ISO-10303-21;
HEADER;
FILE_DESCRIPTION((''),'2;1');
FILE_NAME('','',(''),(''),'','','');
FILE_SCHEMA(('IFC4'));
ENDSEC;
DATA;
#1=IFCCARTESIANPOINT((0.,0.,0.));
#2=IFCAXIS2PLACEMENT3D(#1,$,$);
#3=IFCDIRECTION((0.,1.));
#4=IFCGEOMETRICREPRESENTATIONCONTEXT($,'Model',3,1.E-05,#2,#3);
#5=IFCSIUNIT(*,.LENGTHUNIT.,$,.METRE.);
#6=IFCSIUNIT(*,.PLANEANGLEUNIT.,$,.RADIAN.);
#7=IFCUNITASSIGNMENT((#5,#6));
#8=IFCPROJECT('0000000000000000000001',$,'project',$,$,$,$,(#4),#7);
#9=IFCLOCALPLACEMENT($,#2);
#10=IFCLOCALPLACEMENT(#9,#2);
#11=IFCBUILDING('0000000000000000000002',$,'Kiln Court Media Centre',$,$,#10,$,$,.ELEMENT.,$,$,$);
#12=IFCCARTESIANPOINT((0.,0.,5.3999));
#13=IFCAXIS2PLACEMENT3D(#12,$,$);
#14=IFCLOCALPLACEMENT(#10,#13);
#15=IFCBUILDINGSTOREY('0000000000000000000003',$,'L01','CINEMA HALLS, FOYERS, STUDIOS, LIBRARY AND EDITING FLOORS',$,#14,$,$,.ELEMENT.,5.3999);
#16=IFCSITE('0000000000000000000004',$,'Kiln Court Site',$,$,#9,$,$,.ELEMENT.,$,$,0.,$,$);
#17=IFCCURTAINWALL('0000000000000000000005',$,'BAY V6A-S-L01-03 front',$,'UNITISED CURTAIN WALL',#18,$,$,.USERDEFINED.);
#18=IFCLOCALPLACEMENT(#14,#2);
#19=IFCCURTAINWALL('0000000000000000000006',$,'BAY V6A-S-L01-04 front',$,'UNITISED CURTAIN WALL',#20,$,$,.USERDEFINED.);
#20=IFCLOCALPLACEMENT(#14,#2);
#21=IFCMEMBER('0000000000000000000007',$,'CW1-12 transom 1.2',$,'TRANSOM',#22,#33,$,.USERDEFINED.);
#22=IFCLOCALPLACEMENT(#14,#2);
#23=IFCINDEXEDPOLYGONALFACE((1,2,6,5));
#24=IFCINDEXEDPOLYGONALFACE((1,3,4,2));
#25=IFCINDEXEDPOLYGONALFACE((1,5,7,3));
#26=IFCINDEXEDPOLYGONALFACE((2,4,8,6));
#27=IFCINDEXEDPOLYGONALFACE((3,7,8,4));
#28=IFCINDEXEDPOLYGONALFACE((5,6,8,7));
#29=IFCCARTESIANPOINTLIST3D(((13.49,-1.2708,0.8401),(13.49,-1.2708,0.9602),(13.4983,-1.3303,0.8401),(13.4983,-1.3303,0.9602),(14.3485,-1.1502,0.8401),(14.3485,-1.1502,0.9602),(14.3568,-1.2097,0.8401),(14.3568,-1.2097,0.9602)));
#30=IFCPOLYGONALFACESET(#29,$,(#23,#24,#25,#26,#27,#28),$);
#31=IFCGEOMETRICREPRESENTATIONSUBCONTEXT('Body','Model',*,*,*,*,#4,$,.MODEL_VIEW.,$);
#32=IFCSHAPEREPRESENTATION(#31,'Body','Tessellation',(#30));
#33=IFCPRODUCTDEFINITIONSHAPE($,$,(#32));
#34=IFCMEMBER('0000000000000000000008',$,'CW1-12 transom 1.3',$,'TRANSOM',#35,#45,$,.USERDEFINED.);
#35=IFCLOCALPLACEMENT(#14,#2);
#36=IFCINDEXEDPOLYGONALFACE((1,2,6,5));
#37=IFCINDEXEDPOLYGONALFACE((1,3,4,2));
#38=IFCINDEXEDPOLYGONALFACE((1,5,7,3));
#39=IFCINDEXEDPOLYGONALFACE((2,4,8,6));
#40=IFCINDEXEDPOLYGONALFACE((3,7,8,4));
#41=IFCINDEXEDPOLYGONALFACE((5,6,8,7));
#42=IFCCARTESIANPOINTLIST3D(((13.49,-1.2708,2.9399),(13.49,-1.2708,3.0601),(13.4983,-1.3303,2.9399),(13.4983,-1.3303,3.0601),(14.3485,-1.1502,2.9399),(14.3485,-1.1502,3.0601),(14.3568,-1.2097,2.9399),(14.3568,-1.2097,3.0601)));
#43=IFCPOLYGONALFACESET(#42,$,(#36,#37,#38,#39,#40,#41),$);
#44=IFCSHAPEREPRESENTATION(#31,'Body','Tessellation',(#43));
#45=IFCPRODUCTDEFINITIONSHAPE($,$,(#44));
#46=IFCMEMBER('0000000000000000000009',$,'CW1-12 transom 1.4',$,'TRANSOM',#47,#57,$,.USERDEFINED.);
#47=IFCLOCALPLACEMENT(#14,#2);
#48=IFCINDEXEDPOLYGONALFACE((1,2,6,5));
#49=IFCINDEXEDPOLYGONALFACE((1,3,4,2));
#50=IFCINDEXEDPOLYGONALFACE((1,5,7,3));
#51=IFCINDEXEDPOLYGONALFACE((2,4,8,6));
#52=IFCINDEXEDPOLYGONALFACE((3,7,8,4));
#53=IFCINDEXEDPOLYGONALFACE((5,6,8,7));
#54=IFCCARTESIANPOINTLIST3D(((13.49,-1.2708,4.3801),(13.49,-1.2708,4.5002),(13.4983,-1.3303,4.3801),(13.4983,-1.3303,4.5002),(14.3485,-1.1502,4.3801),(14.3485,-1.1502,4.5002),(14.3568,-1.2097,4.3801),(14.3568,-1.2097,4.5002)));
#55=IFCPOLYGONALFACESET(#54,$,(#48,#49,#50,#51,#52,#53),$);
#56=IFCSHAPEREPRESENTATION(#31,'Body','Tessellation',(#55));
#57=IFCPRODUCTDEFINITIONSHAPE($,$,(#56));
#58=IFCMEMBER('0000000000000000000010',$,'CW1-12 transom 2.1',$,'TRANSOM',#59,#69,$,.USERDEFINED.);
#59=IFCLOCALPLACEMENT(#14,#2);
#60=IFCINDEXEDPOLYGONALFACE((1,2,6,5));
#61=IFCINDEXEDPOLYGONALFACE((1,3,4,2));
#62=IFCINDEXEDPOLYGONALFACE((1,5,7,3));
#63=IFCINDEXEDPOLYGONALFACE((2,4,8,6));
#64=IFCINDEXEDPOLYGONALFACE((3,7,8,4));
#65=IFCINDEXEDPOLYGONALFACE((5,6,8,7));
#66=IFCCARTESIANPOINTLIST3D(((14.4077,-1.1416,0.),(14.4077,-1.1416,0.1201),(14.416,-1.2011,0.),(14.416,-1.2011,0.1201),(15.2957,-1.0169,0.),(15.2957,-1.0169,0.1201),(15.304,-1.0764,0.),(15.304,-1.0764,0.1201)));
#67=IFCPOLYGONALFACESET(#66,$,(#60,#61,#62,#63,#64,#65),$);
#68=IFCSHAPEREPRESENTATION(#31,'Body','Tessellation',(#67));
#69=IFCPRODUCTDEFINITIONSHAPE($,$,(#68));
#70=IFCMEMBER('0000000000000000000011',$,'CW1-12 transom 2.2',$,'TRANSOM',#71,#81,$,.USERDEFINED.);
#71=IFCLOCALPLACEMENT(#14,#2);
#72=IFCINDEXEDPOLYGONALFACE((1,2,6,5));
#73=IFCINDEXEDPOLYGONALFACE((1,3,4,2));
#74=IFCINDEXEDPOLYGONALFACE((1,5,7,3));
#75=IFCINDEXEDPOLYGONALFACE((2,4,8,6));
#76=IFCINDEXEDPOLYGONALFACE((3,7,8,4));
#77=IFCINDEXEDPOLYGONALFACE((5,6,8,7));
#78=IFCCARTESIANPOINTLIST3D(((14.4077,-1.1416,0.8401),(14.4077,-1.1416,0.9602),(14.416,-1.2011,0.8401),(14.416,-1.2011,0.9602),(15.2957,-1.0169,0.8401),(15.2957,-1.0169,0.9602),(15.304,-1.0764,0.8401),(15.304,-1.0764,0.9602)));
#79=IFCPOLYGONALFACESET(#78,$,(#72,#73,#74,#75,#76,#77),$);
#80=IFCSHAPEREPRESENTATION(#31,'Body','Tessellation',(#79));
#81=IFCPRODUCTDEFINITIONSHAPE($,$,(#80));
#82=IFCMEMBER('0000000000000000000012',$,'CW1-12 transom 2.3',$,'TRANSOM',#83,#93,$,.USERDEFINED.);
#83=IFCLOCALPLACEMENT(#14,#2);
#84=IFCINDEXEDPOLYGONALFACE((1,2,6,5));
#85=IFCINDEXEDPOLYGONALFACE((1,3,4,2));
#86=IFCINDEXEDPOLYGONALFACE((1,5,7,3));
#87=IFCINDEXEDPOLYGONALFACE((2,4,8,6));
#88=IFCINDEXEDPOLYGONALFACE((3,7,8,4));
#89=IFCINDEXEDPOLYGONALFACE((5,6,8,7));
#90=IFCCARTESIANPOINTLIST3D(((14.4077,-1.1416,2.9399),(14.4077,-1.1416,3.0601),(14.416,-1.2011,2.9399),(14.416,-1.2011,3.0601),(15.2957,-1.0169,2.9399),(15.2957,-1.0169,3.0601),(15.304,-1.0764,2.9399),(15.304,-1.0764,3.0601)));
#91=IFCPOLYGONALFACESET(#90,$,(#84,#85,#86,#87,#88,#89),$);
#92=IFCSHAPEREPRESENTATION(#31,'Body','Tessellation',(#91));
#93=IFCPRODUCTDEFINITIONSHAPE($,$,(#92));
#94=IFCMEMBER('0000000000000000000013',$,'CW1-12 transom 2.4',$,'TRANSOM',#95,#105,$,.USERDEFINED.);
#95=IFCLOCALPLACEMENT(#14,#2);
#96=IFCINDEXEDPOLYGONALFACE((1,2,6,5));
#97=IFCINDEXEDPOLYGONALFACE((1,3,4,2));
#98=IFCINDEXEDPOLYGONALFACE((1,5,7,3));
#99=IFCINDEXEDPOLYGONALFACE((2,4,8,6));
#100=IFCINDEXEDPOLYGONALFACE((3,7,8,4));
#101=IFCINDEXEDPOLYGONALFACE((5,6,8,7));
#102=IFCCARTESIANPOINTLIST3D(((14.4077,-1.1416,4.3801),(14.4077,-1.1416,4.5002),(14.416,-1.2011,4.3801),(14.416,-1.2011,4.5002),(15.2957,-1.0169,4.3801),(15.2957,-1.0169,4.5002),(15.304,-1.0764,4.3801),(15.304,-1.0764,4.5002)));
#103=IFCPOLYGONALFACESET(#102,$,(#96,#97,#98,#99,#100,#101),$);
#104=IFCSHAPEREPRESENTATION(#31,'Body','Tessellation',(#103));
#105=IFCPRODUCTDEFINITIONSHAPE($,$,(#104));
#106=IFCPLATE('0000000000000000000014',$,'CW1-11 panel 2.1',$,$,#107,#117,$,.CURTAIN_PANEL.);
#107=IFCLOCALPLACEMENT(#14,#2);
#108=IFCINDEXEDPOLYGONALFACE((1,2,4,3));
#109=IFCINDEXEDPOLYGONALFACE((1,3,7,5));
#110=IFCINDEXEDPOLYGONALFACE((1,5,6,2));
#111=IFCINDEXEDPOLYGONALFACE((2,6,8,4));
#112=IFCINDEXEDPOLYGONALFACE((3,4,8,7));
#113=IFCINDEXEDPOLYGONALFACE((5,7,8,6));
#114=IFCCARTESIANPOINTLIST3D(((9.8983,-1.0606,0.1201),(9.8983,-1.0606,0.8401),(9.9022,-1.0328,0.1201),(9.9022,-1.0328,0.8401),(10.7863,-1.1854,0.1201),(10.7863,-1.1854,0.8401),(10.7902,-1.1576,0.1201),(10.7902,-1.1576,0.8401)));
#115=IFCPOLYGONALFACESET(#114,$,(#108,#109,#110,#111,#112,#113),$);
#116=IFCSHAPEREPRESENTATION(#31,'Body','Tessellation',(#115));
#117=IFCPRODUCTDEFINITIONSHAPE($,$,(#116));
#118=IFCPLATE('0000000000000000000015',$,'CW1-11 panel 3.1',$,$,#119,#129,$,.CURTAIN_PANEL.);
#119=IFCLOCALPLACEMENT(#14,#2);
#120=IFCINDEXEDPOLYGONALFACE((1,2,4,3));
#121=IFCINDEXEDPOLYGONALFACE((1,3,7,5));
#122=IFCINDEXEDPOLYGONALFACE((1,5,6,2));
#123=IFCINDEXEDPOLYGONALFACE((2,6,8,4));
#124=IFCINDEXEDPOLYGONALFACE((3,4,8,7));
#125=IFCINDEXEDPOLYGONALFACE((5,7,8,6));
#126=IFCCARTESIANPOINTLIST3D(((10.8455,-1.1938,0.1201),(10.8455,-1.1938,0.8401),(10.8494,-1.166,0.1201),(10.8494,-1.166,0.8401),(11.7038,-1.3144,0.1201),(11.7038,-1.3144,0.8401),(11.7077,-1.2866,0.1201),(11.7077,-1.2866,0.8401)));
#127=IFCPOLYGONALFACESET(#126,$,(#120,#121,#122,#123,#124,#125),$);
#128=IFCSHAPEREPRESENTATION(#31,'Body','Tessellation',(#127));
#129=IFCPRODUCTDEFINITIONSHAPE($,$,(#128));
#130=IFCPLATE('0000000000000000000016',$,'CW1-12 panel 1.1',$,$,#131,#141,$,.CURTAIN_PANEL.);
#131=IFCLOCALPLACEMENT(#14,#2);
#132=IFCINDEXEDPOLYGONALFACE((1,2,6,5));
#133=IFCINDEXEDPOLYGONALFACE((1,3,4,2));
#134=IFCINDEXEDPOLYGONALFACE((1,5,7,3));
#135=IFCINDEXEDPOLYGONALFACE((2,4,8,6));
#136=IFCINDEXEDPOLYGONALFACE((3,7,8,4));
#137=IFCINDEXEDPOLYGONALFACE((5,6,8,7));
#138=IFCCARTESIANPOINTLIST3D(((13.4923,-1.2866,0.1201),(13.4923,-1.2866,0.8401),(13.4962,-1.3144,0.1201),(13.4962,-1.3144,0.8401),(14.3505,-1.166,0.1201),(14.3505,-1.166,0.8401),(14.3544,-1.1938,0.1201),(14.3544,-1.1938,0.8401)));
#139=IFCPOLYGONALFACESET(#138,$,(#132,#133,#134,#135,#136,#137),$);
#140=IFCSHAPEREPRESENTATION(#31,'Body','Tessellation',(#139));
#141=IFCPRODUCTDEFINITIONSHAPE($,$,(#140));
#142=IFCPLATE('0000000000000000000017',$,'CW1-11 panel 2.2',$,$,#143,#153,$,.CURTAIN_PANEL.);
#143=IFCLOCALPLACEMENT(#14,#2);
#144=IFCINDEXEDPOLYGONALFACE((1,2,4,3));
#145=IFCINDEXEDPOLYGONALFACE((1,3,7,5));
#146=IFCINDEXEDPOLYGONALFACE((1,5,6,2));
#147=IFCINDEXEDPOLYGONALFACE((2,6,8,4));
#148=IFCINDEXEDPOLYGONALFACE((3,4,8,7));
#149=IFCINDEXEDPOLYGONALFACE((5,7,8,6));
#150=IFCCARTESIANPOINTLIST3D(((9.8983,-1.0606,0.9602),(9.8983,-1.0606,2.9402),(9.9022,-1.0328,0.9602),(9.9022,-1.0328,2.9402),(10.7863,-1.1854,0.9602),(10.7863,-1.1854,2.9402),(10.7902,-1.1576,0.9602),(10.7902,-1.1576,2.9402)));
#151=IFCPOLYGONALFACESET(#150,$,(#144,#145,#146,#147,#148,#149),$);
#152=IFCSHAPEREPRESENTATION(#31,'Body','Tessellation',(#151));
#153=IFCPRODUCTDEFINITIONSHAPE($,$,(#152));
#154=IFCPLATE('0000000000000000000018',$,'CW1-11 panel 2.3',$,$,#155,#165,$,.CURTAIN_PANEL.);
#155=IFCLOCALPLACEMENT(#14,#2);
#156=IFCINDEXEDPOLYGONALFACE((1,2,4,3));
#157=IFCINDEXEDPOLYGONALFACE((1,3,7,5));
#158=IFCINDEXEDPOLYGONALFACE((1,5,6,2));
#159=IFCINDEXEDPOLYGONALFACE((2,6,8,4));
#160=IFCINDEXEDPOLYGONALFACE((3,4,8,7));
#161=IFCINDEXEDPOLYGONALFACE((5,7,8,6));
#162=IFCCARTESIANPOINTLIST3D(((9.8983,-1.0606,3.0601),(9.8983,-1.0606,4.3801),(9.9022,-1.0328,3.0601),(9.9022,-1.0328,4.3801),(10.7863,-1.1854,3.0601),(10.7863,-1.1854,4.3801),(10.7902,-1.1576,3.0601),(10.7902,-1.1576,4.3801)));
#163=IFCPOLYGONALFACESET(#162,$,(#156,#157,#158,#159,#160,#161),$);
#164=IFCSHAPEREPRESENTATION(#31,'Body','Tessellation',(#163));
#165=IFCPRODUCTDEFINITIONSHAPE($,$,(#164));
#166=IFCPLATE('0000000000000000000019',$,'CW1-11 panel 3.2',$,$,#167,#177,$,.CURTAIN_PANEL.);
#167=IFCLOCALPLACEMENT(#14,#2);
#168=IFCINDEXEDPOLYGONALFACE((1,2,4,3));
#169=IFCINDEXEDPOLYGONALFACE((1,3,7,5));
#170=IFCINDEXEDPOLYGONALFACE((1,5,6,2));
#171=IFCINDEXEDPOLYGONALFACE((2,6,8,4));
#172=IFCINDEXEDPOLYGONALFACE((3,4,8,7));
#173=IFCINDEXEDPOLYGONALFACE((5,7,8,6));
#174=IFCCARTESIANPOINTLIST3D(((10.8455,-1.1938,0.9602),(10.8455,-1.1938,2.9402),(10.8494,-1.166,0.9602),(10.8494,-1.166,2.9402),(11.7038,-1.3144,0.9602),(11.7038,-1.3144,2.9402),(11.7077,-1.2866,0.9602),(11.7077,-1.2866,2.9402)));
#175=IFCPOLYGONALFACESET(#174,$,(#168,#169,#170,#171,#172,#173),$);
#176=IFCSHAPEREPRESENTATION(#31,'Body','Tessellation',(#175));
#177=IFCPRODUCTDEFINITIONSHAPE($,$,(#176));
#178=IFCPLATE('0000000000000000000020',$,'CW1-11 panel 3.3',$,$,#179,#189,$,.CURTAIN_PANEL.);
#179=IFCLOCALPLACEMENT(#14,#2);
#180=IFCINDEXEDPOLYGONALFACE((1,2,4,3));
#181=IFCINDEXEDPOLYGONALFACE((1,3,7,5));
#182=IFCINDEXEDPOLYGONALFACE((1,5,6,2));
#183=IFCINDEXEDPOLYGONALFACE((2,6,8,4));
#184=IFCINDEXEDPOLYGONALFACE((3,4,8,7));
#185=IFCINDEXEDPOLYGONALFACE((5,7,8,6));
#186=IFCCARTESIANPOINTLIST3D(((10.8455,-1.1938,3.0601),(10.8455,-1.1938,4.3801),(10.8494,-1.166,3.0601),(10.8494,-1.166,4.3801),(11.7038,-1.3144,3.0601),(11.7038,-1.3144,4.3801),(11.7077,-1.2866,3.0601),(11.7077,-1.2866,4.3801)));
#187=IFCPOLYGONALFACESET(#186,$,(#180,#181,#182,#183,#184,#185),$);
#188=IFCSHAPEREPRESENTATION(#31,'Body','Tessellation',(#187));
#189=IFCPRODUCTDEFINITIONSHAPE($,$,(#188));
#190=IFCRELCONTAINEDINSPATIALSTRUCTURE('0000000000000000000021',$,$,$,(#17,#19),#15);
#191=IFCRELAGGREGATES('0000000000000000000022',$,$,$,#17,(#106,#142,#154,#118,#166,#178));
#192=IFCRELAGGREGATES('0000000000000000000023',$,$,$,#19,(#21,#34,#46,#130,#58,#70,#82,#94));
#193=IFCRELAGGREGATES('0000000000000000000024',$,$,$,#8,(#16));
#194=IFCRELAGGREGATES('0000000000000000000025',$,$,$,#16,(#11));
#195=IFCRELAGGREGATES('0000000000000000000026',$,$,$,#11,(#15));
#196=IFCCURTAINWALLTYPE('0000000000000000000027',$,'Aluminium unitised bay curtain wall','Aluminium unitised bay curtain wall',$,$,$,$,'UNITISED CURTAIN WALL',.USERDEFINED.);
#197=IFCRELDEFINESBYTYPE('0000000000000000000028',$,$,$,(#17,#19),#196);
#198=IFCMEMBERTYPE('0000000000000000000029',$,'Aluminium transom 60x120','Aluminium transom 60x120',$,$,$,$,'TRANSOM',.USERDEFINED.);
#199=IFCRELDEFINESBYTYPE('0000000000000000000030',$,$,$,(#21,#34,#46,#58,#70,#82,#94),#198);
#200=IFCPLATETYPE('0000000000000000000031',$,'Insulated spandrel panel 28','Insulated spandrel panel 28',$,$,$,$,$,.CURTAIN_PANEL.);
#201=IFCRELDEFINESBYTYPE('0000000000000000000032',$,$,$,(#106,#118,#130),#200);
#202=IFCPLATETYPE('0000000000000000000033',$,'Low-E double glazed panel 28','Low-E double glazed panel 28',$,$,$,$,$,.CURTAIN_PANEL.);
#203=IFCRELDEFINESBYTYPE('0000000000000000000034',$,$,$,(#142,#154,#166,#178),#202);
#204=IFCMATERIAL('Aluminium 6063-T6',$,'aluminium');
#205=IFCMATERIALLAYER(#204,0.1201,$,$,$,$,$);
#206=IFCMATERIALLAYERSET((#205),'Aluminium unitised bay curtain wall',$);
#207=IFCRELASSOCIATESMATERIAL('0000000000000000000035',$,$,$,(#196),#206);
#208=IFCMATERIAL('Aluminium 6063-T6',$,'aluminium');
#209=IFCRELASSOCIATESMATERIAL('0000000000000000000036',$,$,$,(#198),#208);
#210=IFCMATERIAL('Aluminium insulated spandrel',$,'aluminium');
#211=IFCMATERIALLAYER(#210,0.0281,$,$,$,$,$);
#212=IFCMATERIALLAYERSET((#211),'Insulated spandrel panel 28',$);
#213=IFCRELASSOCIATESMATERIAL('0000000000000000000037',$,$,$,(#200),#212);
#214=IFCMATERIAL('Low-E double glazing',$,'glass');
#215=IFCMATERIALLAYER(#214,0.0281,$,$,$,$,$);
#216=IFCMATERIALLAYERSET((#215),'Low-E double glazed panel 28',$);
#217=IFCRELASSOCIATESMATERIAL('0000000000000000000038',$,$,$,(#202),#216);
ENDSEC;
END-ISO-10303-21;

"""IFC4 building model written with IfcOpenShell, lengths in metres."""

from ifc_helpers import new_model, si_unit, direction, frame, origin, origin_2d, place, context, subcontext, project, spatial, rectangle, extrude, material, layer, layer_set, material_profile, profile_set, type_object, element, aggregate, save


model = new_model("IFC4")

# Units and contexts
model_context = context("Model", 3, precision=1e-05, world=origin(), true_north=direction((0.0, 1.0)))
body_context = subcontext(model_context, "Body", "Model", "MODEL_VIEW")
ifc_project = project(units=[si_unit("LENGTHUNIT", "METRE"), si_unit("PLANEANGLEUNIT", "RADIAN")], contexts=[model_context])

# Site, building, storey
site_placement = place(None, origin())
site = spatial("IfcSite", under=ifc_project, at=site_placement, Name="Kiln Court Site", CompositionType="ELEMENT", RefElevation=0.0)
building_placement = place(site_placement, origin())
building = spatial("IfcBuilding", under=site, at=building_placement, Name="Kiln Court Media Centre", CompositionType="ELEMENT")
storey_placement = place(building_placement, frame((0.0, 0.0, 5.3999)))
storey = spatial("IfcBuildingStorey", under=building, at=storey_placement, Name="L01", Description="CINEMA HALLS, FOYERS, STUDIOS, LIBRARY AND EDITING FLOORS", CompositionType="ELEMENT", Elevation=5.3999)

# Curtain walls
ifc_material_1 = material(Name="Aluminium 6063-T6", Category="aluminium")
ifc_layer_1 = layer(ifc_material_1, 0.1201)
ifc_layer_set_1 = layer_set([ifc_layer_1], Name="Aluminium unitised bay curtain wall")
curtain_wall_type = type_object("IfcCurtainWallType", Name="Aluminium unitised bay curtain wall", Description="Aluminium unitised bay curtain wall", ElementType="UNITISED CURTAIN WALL", PredefinedType="USERDEFINED", material=ifc_layer_set_1)
curtain_wall_1_placement = place(storey_placement, origin())
curtain_wall_1 = element("IfcCurtainWall", 1, at=curtain_wall_1_placement, inside=storey, type_object=curtain_wall_type, Name="BAY V6A-S-L01-03 front", ObjectType="UNITISED CURTAIN WALL", PredefinedType="USERDEFINED")
curtain_wall_2_placement = place(storey_placement, origin())
curtain_wall_2 = element("IfcCurtainWall", 2, at=curtain_wall_2_placement, inside=storey, type_object=curtain_wall_type, Name="BAY V6A-S-L01-04 front", ObjectType="UNITISED CURTAIN WALL", PredefinedType="USERDEFINED")

# Members
ifc_material_2 = material(Name="Aluminium 6063-T6", Category="aluminium")
ifc_material_profile_1 = material_profile(ifc_material_2, rectangle(XDim=0.0601, YDim=0.1201, at=origin_2d()), Name="Aluminium transom 60x120")
ifc_profile_set_1 = profile_set([ifc_material_profile_1], Name="Aluminium 6063-T6")
member_type_1 = type_object("IfcMemberType", Name="Aluminium transom 60x120", Description="Aluminium transom 60x120", ElementType="TRANSOM", PredefinedType="USERDEFINED", material=ifc_profile_set_1)
member_1_placement = place(storey_placement, frame((13.4941, -1.3005, 0.9001), z_axis=(0.990274, 0.139134, 0.0), x_axis=(-0.139134, 0.990274, 0.0)))
member_1 = element("IfcMember", 3, at=member_1_placement, type_object=member_type_1, Name="CW1-12 transom 1.2", ObjectType="TRANSOM", PredefinedType="USERDEFINED", context=body_context, shape_type="SweptSolid", body=[
    extrude(rectangle(XDim=0.0601, YDim=0.1201, at=origin_2d()), origin(), (0.0, 0.0, 1.0), 0.8669),
])
member_2_placement = place(storey_placement, frame((13.4941, -1.3005, 3.0), z_axis=(0.990274, 0.139134, 0.0), x_axis=(-0.139134, 0.990274, 0.0)))
member_2 = element("IfcMember", 4, at=member_2_placement, type_object=member_type_1, Name="CW1-12 transom 1.3", ObjectType="TRANSOM", PredefinedType="USERDEFINED", context=body_context, shape_type="SweptSolid", body=[
    extrude(rectangle(XDim=0.0601, YDim=0.1201, at=origin_2d()), origin(), (0.0, 0.0, 1.0), 0.8669),
])
member_3_placement = place(storey_placement, frame((13.4941, -1.3005, 4.4402), z_axis=(0.990274, 0.139134, 0.0), x_axis=(-0.139134, 0.990274, 0.0)))
member_3 = element("IfcMember", 5, at=member_3_placement, type_object=member_type_1, Name="CW1-12 transom 1.4", ObjectType="TRANSOM", PredefinedType="USERDEFINED", context=body_context, shape_type="SweptSolid", body=[
    extrude(rectangle(XDim=0.0601, YDim=0.1201, at=origin_2d()), origin(), (0.0, 0.0, 1.0), 0.8669),
])
member_4_placement = place(storey_placement, frame((14.4119, -1.1714, 0.0601), z_axis=(0.990274, 0.139134, 0.0), x_axis=(-0.139134, 0.990274, 0.0)))
member_4 = element("IfcMember", 6, at=member_4_placement, type_object=member_type_1, Name="CW1-12 transom 2.1", ObjectType="TRANSOM", PredefinedType="USERDEFINED", context=body_context, shape_type="SweptSolid", body=[
    extrude(rectangle(XDim=0.0601, YDim=0.1201, at=origin_2d()), origin(), (0.0, 0.0, 1.0), 0.8967),
])
member_5_placement = place(storey_placement, frame((14.4119, -1.1714, 0.9001), z_axis=(0.990274, 0.139134, 0.0), x_axis=(-0.139134, 0.990274, 0.0)))
member_5 = element("IfcMember", 7, at=member_5_placement, type_object=member_type_1, Name="CW1-12 transom 2.2", ObjectType="TRANSOM", PredefinedType="USERDEFINED", context=body_context, shape_type="SweptSolid", body=[
    extrude(rectangle(XDim=0.0601, YDim=0.1201, at=origin_2d()), origin(), (0.0, 0.0, 1.0), 0.8967),
])
member_6_placement = place(storey_placement, frame((14.4119, -1.1714, 3.0), z_axis=(0.990274, 0.139134, 0.0), x_axis=(-0.139134, 0.990274, 0.0)))
member_6 = element("IfcMember", 8, at=member_6_placement, type_object=member_type_1, Name="CW1-12 transom 2.3", ObjectType="TRANSOM", PredefinedType="USERDEFINED", context=body_context, shape_type="SweptSolid", body=[
    extrude(rectangle(XDim=0.0601, YDim=0.1201, at=origin_2d()), origin(), (0.0, 0.0, 1.0), 0.8967),
])
member_7_placement = place(storey_placement, frame((14.4119, -1.1714, 4.4402), z_axis=(0.990274, 0.139134, 0.0), x_axis=(-0.139134, 0.990274, 0.0)))
member_7 = element("IfcMember", 9, at=member_7_placement, type_object=member_type_1, Name="CW1-12 transom 2.4", ObjectType="TRANSOM", PredefinedType="USERDEFINED", context=body_context, shape_type="SweptSolid", body=[
    extrude(rectangle(XDim=0.0601, YDim=0.1201, at=origin_2d()), origin(), (0.0, 0.0, 1.0), 0.8967),
])

# Plates
ifc_material_3 = material(Name="Aluminium insulated spandrel", Category="aluminium")
ifc_layer_2 = layer(ifc_material_3, 0.0281)
ifc_layer_set_2 = layer_set([ifc_layer_2], Name="Insulated spandrel panel 28")
plate_type_1 = type_object("IfcPlateType", Name="Insulated spandrel panel 28", Description="Insulated spandrel panel 28", PredefinedType="CURTAIN_PANEL", material=ifc_layer_set_2)
plate_1_placement = place(storey_placement, frame((10.3442, -1.1091, 0.1201), z_axis=(0.0, 0.0, 1.0), x_axis=(0.99027, -0.139162, 0.0)))
plate_1 = element("IfcPlate", 10, at=plate_1_placement, type_object=plate_type_1, Name="CW1-11 panel 2.1", PredefinedType="CURTAIN_PANEL", context=body_context, shape_type="SweptSolid", body=[
    extrude(rectangle(XDim=0.8967, YDim=0.0281, at=origin_2d()), origin(), (0.0, 0.0, 1.0), 0.72),
])
plate_2_placement = place(storey_placement, frame((11.2766, -1.2402, 0.1201), z_axis=(0.0, 0.0, 1.0), x_axis=(0.99027, -0.139162, 0.0)))
plate_2 = element("IfcPlate", 11, at=plate_2_placement, type_object=plate_type_1, Name="CW1-11 panel 3.1", PredefinedType="CURTAIN_PANEL", context=body_context, shape_type="SweptSolid", body=[
    extrude(rectangle(XDim=0.8667, YDim=0.0281, at=origin_2d()), origin(), (0.0, 0.0, 1.0), 0.72),
])
plate_3_placement = place(storey_placement, frame((13.9233, -1.2402, 0.1201), z_axis=(0.0, 0.0, 1.0), x_axis=(0.99027, 0.139162, 0.0)))
plate_3 = element("IfcPlate", 12, at=plate_3_placement, type_object=plate_type_1, Name="CW1-12 panel 1.1", PredefinedType="CURTAIN_PANEL", context=body_context, shape_type="SweptSolid", body=[
    extrude(rectangle(XDim=0.8667, YDim=0.0281, at=origin_2d()), origin(), (0.0, 0.0, 1.0), 0.72),
])
ifc_material_4 = material(Name="Low-E double glazing", Category="glass")
ifc_layer_3 = layer(ifc_material_4, 0.0281)
ifc_layer_set_3 = layer_set([ifc_layer_3], Name="Low-E double glazed panel 28")
plate_type_2 = type_object("IfcPlateType", Name="Low-E double glazed panel 28", Description="Low-E double glazed panel 28", PredefinedType="CURTAIN_PANEL", material=ifc_layer_set_3)
plate_4_placement = place(storey_placement, frame((10.3442, -1.1091, 0.9602), z_axis=(0.0, 0.0, 1.0), x_axis=(0.99027, -0.139162, 0.0)))
plate_4 = element("IfcPlate", 13, at=plate_4_placement, type_object=plate_type_2, Name="CW1-11 panel 2.2", PredefinedType="CURTAIN_PANEL", context=body_context, shape_type="SweptSolid", body=[
    extrude(rectangle(XDim=0.8967, YDim=0.0281, at=origin_2d()), origin(), (0.0, 0.0, 1.0), 1.98),
])
plate_5_placement = place(storey_placement, frame((10.3442, -1.1091, 3.0601), z_axis=(0.0, 0.0, 1.0), x_axis=(0.99027, -0.139162, 0.0)))
plate_5 = element("IfcPlate", 14, at=plate_5_placement, type_object=plate_type_2, Name="CW1-11 panel 2.3", PredefinedType="CURTAIN_PANEL", context=body_context, shape_type="SweptSolid", body=[
    extrude(rectangle(XDim=0.8967, YDim=0.0281, at=origin_2d()), origin(), (0.0, 0.0, 1.0), 1.3201),
])
plate_6_placement = place(storey_placement, frame((11.2766, -1.2402, 0.9602), z_axis=(0.0, 0.0, 1.0), x_axis=(0.99027, -0.139162, 0.0)))
plate_6 = element("IfcPlate", 15, at=plate_6_placement, type_object=plate_type_2, Name="CW1-11 panel 3.2", PredefinedType="CURTAIN_PANEL", context=body_context, shape_type="SweptSolid", body=[
    extrude(rectangle(XDim=0.8667, YDim=0.0281, at=origin_2d()), origin(), (0.0, 0.0, 1.0), 1.98),
])
plate_7_placement = place(storey_placement, frame((11.2766, -1.2402, 3.0601), z_axis=(0.0, 0.0, 1.0), x_axis=(0.99027, -0.139162, 0.0)))
plate_7 = element("IfcPlate", 16, at=plate_7_placement, type_object=plate_type_2, Name="CW1-11 panel 3.3", PredefinedType="CURTAIN_PANEL", context=body_context, shape_type="SweptSolid", body=[
    extrude(rectangle(XDim=0.8667, YDim=0.0281, at=origin_2d()), origin(), (0.0, 0.0, 1.0), 1.3201),
])
aggregate(curtain_wall_1, [plate_1, plate_4, plate_5, plate_2, plate_6, plate_7])
aggregate(curtain_wall_2, [member_1, member_2, member_3, plate_3, member_4, member_5, member_6, member_7])

save(model, "model.ifc")
